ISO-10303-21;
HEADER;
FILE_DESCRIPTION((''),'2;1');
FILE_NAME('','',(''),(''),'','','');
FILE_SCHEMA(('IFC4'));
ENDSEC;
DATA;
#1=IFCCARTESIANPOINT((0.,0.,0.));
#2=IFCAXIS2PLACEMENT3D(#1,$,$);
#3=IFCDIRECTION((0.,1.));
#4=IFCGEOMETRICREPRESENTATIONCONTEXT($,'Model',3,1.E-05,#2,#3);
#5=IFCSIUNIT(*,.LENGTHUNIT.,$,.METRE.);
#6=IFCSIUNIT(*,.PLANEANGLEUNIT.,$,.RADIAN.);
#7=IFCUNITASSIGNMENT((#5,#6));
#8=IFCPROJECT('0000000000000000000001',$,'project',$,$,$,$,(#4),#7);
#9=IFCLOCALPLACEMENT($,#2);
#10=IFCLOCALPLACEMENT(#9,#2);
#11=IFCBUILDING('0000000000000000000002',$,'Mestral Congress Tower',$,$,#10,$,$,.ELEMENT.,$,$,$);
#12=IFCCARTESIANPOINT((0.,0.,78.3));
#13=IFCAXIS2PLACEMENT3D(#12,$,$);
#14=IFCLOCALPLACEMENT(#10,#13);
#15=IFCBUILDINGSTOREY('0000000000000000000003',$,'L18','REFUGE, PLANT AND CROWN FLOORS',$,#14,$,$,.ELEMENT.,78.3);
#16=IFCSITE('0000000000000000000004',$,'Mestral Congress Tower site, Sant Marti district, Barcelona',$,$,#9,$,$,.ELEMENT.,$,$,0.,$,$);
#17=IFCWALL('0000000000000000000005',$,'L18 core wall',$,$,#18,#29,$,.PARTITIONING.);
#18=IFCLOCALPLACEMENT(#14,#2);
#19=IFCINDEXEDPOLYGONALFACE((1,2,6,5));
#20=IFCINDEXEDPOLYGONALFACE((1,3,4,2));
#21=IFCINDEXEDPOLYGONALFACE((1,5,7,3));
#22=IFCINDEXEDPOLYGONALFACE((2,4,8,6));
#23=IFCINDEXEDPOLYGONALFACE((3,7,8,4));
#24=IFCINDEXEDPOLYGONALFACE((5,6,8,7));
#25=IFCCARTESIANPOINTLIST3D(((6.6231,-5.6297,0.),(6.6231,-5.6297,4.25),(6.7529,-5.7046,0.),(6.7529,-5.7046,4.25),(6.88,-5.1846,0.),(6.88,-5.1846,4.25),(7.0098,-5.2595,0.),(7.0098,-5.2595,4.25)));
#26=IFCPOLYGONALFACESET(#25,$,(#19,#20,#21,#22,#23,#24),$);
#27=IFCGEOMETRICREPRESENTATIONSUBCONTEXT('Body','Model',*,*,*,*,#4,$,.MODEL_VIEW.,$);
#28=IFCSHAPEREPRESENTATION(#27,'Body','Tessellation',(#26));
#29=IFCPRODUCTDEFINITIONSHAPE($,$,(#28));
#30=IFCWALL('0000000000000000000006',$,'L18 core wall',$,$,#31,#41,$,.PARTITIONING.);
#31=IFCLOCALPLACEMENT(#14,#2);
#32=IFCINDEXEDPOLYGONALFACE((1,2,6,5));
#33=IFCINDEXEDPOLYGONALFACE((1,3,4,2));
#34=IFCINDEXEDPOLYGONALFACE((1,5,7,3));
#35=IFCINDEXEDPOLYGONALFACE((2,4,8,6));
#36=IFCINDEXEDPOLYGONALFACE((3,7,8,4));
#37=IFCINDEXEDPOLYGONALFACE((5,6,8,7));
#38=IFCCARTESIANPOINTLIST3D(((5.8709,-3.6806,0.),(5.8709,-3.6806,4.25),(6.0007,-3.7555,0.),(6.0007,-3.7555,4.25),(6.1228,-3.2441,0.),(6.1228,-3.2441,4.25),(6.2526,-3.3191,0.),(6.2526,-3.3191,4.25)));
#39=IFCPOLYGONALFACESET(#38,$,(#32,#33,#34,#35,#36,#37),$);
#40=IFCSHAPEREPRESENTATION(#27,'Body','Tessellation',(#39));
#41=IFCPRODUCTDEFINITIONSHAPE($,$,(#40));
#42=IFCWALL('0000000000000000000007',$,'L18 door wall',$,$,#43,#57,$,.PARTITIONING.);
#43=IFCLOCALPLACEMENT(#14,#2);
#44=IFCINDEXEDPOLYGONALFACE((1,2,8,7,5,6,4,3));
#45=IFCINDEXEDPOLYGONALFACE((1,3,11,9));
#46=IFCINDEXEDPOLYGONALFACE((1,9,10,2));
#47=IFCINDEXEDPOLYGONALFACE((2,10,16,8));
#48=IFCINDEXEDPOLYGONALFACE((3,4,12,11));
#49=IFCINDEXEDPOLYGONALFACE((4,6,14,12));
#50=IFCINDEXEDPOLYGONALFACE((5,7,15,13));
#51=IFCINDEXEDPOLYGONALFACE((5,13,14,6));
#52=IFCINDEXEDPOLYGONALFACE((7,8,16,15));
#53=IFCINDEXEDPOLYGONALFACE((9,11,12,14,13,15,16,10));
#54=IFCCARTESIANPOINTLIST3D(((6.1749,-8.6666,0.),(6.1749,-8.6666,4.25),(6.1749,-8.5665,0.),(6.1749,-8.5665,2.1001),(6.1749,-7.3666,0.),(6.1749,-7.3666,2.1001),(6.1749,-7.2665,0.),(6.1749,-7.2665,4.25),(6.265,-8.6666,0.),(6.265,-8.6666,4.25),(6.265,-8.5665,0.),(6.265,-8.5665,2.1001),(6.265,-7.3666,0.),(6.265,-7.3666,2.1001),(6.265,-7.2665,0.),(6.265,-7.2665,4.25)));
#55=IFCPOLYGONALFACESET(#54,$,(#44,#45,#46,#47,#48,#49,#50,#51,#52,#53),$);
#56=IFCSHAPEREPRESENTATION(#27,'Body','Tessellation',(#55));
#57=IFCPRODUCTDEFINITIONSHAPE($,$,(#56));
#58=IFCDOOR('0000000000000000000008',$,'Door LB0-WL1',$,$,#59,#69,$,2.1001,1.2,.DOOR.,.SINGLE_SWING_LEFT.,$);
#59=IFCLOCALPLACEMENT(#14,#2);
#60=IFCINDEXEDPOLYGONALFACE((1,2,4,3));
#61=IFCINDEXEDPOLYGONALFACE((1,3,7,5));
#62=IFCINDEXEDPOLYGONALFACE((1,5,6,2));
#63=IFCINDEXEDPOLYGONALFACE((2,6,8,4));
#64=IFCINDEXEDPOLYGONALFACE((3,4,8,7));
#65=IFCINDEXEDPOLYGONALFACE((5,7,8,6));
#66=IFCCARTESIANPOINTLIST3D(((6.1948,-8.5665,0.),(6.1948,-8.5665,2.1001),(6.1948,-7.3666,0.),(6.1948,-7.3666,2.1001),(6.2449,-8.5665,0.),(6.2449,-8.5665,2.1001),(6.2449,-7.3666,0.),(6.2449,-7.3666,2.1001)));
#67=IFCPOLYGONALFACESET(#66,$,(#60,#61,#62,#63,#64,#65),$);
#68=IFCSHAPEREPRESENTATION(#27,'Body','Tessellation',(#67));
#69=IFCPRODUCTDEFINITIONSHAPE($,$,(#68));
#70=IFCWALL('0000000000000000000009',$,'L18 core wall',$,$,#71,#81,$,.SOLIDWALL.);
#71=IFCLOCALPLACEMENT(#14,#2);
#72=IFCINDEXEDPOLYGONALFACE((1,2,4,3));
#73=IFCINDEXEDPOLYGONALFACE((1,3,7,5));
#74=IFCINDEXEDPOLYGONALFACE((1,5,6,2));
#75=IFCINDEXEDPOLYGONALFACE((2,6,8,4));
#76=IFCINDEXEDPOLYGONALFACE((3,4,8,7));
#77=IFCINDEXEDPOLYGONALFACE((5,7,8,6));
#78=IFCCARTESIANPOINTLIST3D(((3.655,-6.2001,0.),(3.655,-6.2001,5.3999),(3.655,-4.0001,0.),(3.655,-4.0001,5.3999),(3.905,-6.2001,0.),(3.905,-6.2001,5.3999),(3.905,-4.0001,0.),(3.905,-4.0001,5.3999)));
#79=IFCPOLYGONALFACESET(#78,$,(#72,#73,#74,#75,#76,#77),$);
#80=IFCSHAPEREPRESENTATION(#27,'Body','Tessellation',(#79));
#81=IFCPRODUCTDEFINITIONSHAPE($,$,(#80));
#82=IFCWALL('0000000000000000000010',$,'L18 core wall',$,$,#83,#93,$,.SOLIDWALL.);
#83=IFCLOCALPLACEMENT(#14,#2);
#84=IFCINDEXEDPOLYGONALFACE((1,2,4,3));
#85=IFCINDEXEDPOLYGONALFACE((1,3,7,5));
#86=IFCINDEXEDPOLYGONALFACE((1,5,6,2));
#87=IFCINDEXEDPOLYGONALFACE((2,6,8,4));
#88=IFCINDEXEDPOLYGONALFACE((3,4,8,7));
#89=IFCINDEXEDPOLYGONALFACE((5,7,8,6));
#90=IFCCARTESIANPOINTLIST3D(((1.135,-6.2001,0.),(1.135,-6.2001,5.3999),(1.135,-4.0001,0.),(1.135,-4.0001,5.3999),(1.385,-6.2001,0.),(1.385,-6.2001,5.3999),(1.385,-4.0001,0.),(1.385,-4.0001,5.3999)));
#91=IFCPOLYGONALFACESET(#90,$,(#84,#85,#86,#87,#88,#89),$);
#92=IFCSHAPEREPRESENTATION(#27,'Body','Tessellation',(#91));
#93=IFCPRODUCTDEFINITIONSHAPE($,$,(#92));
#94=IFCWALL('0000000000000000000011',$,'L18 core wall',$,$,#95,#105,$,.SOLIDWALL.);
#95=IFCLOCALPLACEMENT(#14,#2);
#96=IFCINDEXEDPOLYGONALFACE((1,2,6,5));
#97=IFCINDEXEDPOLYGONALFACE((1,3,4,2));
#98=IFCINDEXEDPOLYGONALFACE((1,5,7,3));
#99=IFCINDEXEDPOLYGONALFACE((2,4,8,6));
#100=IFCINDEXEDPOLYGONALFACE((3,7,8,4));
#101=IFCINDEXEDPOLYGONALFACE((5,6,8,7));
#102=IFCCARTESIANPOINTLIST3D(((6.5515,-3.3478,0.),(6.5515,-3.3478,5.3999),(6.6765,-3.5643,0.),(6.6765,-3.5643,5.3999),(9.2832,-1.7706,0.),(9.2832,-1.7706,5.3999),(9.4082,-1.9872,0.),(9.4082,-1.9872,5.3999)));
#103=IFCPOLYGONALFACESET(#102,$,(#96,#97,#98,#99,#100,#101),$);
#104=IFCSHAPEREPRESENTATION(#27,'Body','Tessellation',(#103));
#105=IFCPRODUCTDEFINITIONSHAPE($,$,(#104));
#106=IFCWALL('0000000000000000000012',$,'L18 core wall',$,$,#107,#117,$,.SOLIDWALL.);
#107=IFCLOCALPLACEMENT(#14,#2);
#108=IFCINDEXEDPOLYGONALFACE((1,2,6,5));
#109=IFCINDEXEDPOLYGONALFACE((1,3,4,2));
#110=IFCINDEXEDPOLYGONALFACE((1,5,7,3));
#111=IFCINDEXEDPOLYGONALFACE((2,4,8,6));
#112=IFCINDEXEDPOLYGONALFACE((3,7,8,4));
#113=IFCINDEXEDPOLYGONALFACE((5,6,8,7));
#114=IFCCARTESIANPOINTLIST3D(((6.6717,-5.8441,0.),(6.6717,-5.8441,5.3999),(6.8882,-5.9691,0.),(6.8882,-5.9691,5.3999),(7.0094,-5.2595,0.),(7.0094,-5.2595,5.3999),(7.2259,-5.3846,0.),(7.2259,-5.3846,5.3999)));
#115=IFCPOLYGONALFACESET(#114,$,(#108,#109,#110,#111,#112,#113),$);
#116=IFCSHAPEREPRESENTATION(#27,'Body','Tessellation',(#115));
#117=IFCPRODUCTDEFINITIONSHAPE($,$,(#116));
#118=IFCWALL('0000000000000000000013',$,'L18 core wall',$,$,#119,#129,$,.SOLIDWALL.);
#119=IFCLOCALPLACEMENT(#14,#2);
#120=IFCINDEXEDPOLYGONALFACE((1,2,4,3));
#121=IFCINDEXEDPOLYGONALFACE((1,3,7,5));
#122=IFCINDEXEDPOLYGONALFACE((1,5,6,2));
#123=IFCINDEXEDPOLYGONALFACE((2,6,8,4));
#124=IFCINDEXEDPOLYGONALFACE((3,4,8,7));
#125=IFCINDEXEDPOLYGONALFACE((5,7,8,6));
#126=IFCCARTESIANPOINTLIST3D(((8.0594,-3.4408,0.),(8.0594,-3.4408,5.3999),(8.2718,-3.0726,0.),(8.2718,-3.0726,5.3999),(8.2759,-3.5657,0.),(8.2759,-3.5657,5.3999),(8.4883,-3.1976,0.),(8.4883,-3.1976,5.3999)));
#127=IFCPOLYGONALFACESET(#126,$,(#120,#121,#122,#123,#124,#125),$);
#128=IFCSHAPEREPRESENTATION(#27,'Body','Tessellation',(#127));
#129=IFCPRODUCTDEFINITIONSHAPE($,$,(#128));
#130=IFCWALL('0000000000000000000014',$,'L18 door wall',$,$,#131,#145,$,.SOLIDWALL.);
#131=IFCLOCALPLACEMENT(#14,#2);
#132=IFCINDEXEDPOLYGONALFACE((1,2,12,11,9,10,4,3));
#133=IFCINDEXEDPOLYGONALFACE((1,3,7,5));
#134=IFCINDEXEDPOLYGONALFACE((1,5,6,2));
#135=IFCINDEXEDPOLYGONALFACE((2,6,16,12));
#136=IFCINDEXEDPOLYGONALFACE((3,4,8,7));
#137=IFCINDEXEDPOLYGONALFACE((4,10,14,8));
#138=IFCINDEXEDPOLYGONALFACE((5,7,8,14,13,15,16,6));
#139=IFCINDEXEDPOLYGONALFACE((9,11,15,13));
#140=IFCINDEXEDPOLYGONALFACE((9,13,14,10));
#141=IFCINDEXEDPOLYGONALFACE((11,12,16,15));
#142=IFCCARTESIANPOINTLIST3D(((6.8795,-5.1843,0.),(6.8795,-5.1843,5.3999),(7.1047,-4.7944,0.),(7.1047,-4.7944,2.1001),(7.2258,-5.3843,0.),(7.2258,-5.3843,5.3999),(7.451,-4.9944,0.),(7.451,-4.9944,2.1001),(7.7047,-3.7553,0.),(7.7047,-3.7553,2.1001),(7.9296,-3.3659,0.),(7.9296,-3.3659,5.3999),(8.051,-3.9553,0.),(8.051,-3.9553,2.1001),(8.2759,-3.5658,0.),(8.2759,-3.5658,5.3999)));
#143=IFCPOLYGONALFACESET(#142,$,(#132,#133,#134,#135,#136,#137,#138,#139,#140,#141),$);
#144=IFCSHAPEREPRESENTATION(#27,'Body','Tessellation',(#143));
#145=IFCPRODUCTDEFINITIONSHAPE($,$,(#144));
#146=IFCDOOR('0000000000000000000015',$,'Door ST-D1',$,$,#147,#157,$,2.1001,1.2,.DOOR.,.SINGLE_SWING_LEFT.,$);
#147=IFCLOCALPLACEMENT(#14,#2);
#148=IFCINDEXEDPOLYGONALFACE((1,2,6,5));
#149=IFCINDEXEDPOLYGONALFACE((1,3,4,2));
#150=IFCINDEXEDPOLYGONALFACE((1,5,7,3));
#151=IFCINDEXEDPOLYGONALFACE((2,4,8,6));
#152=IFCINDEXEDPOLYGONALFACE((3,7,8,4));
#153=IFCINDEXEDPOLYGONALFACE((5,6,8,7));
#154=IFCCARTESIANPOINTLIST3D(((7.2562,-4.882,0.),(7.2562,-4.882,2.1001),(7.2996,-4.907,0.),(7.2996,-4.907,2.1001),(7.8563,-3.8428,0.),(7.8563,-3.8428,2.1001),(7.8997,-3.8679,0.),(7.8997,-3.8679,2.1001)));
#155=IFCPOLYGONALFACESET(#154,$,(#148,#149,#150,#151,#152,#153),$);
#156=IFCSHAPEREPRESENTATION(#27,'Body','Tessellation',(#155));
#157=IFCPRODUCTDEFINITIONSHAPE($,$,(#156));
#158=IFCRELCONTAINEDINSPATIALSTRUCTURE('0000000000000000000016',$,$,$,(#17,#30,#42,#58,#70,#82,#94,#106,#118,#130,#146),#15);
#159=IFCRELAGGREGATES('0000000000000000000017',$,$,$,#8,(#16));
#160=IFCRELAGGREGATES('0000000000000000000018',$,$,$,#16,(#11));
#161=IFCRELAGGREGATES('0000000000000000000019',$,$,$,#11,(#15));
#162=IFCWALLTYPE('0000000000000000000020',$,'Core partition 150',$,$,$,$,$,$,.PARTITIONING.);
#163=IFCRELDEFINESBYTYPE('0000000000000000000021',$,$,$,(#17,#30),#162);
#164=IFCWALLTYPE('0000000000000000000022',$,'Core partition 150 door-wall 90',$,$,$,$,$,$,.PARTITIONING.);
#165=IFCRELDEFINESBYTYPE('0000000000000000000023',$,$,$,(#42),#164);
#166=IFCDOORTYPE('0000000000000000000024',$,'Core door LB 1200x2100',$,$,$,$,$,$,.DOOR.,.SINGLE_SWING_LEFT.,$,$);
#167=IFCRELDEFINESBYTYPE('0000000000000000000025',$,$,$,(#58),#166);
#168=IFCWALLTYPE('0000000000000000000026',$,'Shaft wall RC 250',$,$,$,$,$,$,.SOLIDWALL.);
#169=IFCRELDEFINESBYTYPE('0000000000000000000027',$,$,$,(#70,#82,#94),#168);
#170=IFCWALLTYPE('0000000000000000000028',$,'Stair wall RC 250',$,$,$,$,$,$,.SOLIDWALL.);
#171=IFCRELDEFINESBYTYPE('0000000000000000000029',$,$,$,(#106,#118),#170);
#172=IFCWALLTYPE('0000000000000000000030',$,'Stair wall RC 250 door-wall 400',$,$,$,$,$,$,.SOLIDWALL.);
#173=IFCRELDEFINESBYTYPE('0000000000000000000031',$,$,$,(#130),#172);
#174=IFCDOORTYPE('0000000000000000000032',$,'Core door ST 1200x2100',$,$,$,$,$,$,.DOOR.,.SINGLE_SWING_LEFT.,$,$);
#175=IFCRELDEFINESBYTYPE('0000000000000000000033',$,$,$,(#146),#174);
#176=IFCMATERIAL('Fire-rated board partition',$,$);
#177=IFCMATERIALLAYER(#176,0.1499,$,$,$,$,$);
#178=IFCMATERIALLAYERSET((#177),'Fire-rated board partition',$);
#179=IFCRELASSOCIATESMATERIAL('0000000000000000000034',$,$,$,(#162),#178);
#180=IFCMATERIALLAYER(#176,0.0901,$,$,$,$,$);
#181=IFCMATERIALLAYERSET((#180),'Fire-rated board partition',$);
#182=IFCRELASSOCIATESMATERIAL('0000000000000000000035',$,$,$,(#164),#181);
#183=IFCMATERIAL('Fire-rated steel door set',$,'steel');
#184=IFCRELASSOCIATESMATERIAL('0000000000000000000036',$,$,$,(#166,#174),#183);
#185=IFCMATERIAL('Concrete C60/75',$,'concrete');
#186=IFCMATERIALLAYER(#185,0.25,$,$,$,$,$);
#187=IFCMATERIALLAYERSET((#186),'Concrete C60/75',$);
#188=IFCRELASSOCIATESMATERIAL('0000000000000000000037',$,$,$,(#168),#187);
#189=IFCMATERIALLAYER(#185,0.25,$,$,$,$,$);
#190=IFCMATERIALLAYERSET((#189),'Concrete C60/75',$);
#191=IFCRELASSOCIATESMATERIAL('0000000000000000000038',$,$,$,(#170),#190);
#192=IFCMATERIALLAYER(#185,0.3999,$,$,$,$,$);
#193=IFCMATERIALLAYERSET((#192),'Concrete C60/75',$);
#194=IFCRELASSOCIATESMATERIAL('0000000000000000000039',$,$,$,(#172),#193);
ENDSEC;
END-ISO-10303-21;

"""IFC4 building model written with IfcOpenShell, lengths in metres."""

from ifc_helpers import new_model, si_unit, direction, frame, frame_2d, origin, place, context, subcontext, project, spatial, rectangle, extrude, material, layer, layer_set, type_object, element, fill, save


model = new_model("IFC4")

# Units and contexts
model_context = context("Model", 3, precision=1e-05, world=origin(), true_north=direction((0.0, 1.0)))
body_context = subcontext(model_context, "Body", "Model", "MODEL_VIEW")
ifc_project = project(units=[si_unit("LENGTHUNIT", "METRE"), si_unit("PLANEANGLEUNIT", "RADIAN")], contexts=[model_context])

# Site, building, storey
site_placement = place(None, origin())
site = spatial("IfcSite", under=ifc_project, at=site_placement, Name="Mestral Congress Tower site, Sant Marti district, Barcelona", CompositionType="ELEMENT", RefElevation=0.0)
building_placement = place(site_placement, origin())
building = spatial("IfcBuilding", under=site, at=building_placement, Name="Mestral Congress Tower", CompositionType="ELEMENT")
storey_placement = place(building_placement, frame((0.0, 0.0, 78.3)))
storey = spatial("IfcBuildingStorey", under=building, at=storey_placement, Name="L18", Description="REFUGE, PLANT AND CROWN FLOORS", CompositionType="ELEMENT", Elevation=78.3)

# Walls
ifc_material_1 = material(Name="Fire-rated board partition")
ifc_layer_1 = layer(ifc_material_1, 0.1499)
ifc_layer_set_1 = layer_set([ifc_layer_1], Name="Fire-rated board partition")
wall_type_1 = type_object("IfcWallType", Name="Core partition 150", PredefinedType="PARTITIONING", material=ifc_layer_set_1)
wall_1_placement = place(storey_placement, frame((6.9448, -5.2222, 0.0), z_axis=(0.0, 0.0, 1.0), x_axis=(-0.499818, -0.86613, 0.0)))
element("IfcWall", 1, at=wall_1_placement, inside=storey, type_object=wall_type_1, Name="L18 core wall", PredefinedType="PARTITIONING", context=body_context, shape_type="SweptSolid", body=[
    extrude(rectangle(XDim=0.5139, YDim=0.1499, at=frame_2d((0.2568, 0.0))), origin(), (0.0, 0.0, 1.0), 4.25),
])
wall_2_placement = place(storey_placement, frame((5.9358, -3.718, 0.0), z_axis=(0.0, 0.0, 1.0), x_axis=(0.49989, 0.866089, 0.0)))
element("IfcWall", 2, at=wall_2_placement, inside=storey, type_object=wall_type_1, Name="L18 core wall", PredefinedType="PARTITIONING", context=body_context, shape_type="SweptSolid", body=[
    extrude(rectangle(XDim=0.5039, YDim=0.1499, at=frame_2d((0.252, 0.0))), origin(), (0.0, 0.0, 1.0), 4.25),
])

# Wall, opening, door
ifc_layer_2 = layer(ifc_material_1, 0.0901)
ifc_layer_set_2 = layer_set([ifc_layer_2], Name="Fire-rated board partition")
wall_type_2 = type_object("IfcWallType", Name="Core partition 150 door-wall 90", PredefinedType="PARTITIONING", material=ifc_layer_set_2)
wall_3_placement = place(storey_placement, frame((6.22, -7.2664, 0.0), z_axis=(0.0, 0.0, 1.0), x_axis=(0.0, -1.0, 0.0)))
wall_3 = element("IfcWall", 3, at=wall_3_placement, inside=storey, type_object=wall_type_2, Name="L18 door wall", PredefinedType="PARTITIONING", context=body_context, shape_type="SweptSolid", body=[
    extrude(rectangle(XDim=1.4001, YDim=0.0901, at=frame_2d((0.7002, 0.0))), origin(), (0.0, 0.0, 1.0), 4.25),
])
opening_1_placement = place(wall_3_placement, frame((0.1001, 0.0, 0.0)))
opening_1 = element("IfcOpeningElement", 4, at=opening_1_placement, cuts=wall_3, PredefinedType="OPENING", context=body_context, shape_type="SweptSolid", body=[
    extrude(rectangle(XDim=1.2, YDim=2.1001, at=frame_2d((0.6001, 1.05))), frame((0.0, 0.0549, 0.0), z_axis=(0.0, -1.0, 0.0), x_axis=(1.0, 0.0, 0.0)), (0.0, 0.0, 1.0), 0.1101),
])
ifc_material_2 = material(Name="Fire-rated steel door set", Category="steel")
door_type_1 = type_object("IfcDoorType", Name="Core door LB 1200x2100", OperationType="SINGLE_SWING_LEFT", PredefinedType="DOOR", material=ifc_material_2)
door_1_placement = place(opening_1_placement, origin())
door_1 = element("IfcDoor", 5, at=door_1_placement, inside=storey, type_object=door_type_1, Name="Door LB0-WL1", OperationType="SINGLE_SWING_LEFT", OverallHeight=2.1001, OverallWidth=1.2, PredefinedType="DOOR", context=body_context, shape_type="SweptSolid", body=[
    extrude(rectangle(XDim=1.2, YDim=2.1001, at=frame_2d((0.6001, 1.05))), frame((0.0, 0.0249, 0.0), z_axis=(0.0, -1.0, 0.0), x_axis=(1.0, 0.0, 0.0)), (0.0, 0.0, 1.0), 0.05),
])
fill(opening_1, door_1)

# Walls
ifc_material_3 = material(Name="Concrete C60/75", Category="concrete")
ifc_layer_3 = layer(ifc_material_3, 0.25)
ifc_layer_set_3 = layer_set([ifc_layer_3], Name="Concrete C60/75")
wall_type_3 = type_object("IfcWallType", Name="Shaft wall RC 250", PredefinedType="SOLIDWALL", material=ifc_layer_set_3)
for number, where, z_axis, x_axis, name in (
    (6, (3.78, -4.0, 0.0), (0.0, 0.0, 1.0), (0.0, -1.0, 0.0), "L18 core wall"),
    (7, (1.26, -4.0, 0.0), (0.0, 0.0, 1.0), (0.0, -1.0, 0.0), "L18 core wall"),
):
    element("IfcWall", number, at=place(storey_placement, frame(where, z_axis=z_axis, x_axis=x_axis)), inside=storey, type_object=wall_type_3, Name=name, PredefinedType="SOLIDWALL", context=body_context, shape_type="SweptSolid", body=[
        extrude(rectangle(XDim=2.2, YDim=0.25, at=frame_2d((1.1001, 0.0))), origin(), (0.0, 0.0, 1.0), 5.3999),
    ])
wall_4_placement = place(storey_placement, frame((6.614, -3.4561, 0.0), z_axis=(0.0, 0.0, 1.0), x_axis=(0.866024, 0.500002, 0.0)))
element("IfcWall", 8, at=wall_4_placement, inside=storey, type_object=wall_type_3, Name="L18 core wall", PredefinedType="SOLIDWALL", context=body_context, shape_type="SweptSolid", body=[
    extrude(rectangle(XDim=3.1543, YDim=0.25, at=frame_2d((1.5771, 0.0))), origin(), (0.0, 0.0, 1.0), 5.3999),
])
ifc_layer_4 = layer(ifc_material_3, 0.25)
ifc_layer_set_4 = layer_set([ifc_layer_4], Name="Concrete C60/75")
wall_type_4 = type_object("IfcWallType", Name="Stair wall RC 250", PredefinedType="SOLIDWALL", material=ifc_layer_set_4)
wall_5_placement = place(storey_placement, frame((6.78, -5.9065, 0.0), z_axis=(0.0, 0.0, 1.0), x_axis=(0.500223, 0.865896, 0.0)))
element("IfcWall", 9, at=wall_5_placement, inside=storey, type_object=wall_type_4, Name="L18 core wall", PredefinedType="SOLIDWALL", context=body_context, shape_type="SweptSolid", body=[
    extrude(rectangle(XDim=0.675, YDim=0.25, at=frame_2d((0.3374, 0.0))), origin(), (0.0, 0.0, 1.0), 5.3999),
])
wall_6_placement = place(storey_placement, frame((8.1677, -3.5032, 0.0), z_axis=(0.0, 0.0, 1.0), x_axis=(0.499722, 0.866186, 0.0)))
element("IfcWall", 10, at=wall_6_placement, inside=storey, type_object=wall_type_4, Name="L18 core wall", PredefinedType="SOLIDWALL", context=body_context, shape_type="SweptSolid", body=[
    extrude(rectangle(XDim=0.425, YDim=0.25, at=frame_2d((0.2124, 0.0))), origin(), (0.0, 0.0, 1.0), 5.3999),
])

# Wall, opening, door
ifc_layer_5 = layer(ifc_material_3, 0.3999)
ifc_layer_set_5 = layer_set([ifc_layer_5], Name="Concrete C60/75")
wall_type_5 = type_object("IfcWallType", Name="Stair wall RC 250 door-wall 400", PredefinedType="SOLIDWALL", material=ifc_layer_set_5)
wall_7_placement = place(storey_placement, frame((7.0527, -5.2842, 0.0), z_axis=(0.0, 0.0, 1.0), x_axis=(0.500078, 0.86598, 0.0)))
wall_7 = element("IfcWall", 11, at=wall_7_placement, inside=storey, type_object=wall_type_5, Name="L18 door wall", PredefinedType="SOLIDWALL", context=body_context, shape_type="SweptSolid", body=[
    extrude(rectangle(XDim=2.0999, YDim=0.3999, at=frame_2d((1.0498, 0.0))), origin(), (0.0, 0.0, 1.0), 5.3999),
])
opening_2_placement = place(wall_7_placement, frame((0.45, 0.0, 0.0)))
opening_2 = element("IfcOpeningElement", 12, at=opening_2_placement, cuts=wall_7, PredefinedType="OPENING", context=body_context, shape_type="SweptSolid", body=[
    extrude(rectangle(XDim=1.2, YDim=2.1001, at=frame_2d((0.6001, 1.05))), frame((0.0, 0.21, 0.0), z_axis=(0.0, -1.0, 0.0), x_axis=(1.0, 0.0, 0.0)), (0.0, 0.0, 1.0), 0.4199),
])
door_type_2 = type_object("IfcDoorType", Name="Core door ST 1200x2100", OperationType="SINGLE_SWING_LEFT", PredefinedType="DOOR", material=ifc_material_2)
door_2_placement = place(opening_2_placement, origin())
door_2 = element("IfcDoor", 13, at=door_2_placement, inside=storey, type_object=door_type_2, Name="Door ST-D1", OperationType="SINGLE_SWING_LEFT", OverallHeight=2.1001, OverallWidth=1.2, PredefinedType="DOOR", context=body_context, shape_type="SweptSolid", body=[
    extrude(rectangle(XDim=1.2, YDim=2.1001, at=frame_2d((0.6001, 1.05))), frame((0.0, 0.0249, 0.0), z_axis=(0.0, -1.0, 0.0), x_axis=(1.0, 0.0, 0.0)), (0.0, 0.0, 1.0), 0.05),
])
fill(opening_2, door_2)

save(model, "model.ifc")
